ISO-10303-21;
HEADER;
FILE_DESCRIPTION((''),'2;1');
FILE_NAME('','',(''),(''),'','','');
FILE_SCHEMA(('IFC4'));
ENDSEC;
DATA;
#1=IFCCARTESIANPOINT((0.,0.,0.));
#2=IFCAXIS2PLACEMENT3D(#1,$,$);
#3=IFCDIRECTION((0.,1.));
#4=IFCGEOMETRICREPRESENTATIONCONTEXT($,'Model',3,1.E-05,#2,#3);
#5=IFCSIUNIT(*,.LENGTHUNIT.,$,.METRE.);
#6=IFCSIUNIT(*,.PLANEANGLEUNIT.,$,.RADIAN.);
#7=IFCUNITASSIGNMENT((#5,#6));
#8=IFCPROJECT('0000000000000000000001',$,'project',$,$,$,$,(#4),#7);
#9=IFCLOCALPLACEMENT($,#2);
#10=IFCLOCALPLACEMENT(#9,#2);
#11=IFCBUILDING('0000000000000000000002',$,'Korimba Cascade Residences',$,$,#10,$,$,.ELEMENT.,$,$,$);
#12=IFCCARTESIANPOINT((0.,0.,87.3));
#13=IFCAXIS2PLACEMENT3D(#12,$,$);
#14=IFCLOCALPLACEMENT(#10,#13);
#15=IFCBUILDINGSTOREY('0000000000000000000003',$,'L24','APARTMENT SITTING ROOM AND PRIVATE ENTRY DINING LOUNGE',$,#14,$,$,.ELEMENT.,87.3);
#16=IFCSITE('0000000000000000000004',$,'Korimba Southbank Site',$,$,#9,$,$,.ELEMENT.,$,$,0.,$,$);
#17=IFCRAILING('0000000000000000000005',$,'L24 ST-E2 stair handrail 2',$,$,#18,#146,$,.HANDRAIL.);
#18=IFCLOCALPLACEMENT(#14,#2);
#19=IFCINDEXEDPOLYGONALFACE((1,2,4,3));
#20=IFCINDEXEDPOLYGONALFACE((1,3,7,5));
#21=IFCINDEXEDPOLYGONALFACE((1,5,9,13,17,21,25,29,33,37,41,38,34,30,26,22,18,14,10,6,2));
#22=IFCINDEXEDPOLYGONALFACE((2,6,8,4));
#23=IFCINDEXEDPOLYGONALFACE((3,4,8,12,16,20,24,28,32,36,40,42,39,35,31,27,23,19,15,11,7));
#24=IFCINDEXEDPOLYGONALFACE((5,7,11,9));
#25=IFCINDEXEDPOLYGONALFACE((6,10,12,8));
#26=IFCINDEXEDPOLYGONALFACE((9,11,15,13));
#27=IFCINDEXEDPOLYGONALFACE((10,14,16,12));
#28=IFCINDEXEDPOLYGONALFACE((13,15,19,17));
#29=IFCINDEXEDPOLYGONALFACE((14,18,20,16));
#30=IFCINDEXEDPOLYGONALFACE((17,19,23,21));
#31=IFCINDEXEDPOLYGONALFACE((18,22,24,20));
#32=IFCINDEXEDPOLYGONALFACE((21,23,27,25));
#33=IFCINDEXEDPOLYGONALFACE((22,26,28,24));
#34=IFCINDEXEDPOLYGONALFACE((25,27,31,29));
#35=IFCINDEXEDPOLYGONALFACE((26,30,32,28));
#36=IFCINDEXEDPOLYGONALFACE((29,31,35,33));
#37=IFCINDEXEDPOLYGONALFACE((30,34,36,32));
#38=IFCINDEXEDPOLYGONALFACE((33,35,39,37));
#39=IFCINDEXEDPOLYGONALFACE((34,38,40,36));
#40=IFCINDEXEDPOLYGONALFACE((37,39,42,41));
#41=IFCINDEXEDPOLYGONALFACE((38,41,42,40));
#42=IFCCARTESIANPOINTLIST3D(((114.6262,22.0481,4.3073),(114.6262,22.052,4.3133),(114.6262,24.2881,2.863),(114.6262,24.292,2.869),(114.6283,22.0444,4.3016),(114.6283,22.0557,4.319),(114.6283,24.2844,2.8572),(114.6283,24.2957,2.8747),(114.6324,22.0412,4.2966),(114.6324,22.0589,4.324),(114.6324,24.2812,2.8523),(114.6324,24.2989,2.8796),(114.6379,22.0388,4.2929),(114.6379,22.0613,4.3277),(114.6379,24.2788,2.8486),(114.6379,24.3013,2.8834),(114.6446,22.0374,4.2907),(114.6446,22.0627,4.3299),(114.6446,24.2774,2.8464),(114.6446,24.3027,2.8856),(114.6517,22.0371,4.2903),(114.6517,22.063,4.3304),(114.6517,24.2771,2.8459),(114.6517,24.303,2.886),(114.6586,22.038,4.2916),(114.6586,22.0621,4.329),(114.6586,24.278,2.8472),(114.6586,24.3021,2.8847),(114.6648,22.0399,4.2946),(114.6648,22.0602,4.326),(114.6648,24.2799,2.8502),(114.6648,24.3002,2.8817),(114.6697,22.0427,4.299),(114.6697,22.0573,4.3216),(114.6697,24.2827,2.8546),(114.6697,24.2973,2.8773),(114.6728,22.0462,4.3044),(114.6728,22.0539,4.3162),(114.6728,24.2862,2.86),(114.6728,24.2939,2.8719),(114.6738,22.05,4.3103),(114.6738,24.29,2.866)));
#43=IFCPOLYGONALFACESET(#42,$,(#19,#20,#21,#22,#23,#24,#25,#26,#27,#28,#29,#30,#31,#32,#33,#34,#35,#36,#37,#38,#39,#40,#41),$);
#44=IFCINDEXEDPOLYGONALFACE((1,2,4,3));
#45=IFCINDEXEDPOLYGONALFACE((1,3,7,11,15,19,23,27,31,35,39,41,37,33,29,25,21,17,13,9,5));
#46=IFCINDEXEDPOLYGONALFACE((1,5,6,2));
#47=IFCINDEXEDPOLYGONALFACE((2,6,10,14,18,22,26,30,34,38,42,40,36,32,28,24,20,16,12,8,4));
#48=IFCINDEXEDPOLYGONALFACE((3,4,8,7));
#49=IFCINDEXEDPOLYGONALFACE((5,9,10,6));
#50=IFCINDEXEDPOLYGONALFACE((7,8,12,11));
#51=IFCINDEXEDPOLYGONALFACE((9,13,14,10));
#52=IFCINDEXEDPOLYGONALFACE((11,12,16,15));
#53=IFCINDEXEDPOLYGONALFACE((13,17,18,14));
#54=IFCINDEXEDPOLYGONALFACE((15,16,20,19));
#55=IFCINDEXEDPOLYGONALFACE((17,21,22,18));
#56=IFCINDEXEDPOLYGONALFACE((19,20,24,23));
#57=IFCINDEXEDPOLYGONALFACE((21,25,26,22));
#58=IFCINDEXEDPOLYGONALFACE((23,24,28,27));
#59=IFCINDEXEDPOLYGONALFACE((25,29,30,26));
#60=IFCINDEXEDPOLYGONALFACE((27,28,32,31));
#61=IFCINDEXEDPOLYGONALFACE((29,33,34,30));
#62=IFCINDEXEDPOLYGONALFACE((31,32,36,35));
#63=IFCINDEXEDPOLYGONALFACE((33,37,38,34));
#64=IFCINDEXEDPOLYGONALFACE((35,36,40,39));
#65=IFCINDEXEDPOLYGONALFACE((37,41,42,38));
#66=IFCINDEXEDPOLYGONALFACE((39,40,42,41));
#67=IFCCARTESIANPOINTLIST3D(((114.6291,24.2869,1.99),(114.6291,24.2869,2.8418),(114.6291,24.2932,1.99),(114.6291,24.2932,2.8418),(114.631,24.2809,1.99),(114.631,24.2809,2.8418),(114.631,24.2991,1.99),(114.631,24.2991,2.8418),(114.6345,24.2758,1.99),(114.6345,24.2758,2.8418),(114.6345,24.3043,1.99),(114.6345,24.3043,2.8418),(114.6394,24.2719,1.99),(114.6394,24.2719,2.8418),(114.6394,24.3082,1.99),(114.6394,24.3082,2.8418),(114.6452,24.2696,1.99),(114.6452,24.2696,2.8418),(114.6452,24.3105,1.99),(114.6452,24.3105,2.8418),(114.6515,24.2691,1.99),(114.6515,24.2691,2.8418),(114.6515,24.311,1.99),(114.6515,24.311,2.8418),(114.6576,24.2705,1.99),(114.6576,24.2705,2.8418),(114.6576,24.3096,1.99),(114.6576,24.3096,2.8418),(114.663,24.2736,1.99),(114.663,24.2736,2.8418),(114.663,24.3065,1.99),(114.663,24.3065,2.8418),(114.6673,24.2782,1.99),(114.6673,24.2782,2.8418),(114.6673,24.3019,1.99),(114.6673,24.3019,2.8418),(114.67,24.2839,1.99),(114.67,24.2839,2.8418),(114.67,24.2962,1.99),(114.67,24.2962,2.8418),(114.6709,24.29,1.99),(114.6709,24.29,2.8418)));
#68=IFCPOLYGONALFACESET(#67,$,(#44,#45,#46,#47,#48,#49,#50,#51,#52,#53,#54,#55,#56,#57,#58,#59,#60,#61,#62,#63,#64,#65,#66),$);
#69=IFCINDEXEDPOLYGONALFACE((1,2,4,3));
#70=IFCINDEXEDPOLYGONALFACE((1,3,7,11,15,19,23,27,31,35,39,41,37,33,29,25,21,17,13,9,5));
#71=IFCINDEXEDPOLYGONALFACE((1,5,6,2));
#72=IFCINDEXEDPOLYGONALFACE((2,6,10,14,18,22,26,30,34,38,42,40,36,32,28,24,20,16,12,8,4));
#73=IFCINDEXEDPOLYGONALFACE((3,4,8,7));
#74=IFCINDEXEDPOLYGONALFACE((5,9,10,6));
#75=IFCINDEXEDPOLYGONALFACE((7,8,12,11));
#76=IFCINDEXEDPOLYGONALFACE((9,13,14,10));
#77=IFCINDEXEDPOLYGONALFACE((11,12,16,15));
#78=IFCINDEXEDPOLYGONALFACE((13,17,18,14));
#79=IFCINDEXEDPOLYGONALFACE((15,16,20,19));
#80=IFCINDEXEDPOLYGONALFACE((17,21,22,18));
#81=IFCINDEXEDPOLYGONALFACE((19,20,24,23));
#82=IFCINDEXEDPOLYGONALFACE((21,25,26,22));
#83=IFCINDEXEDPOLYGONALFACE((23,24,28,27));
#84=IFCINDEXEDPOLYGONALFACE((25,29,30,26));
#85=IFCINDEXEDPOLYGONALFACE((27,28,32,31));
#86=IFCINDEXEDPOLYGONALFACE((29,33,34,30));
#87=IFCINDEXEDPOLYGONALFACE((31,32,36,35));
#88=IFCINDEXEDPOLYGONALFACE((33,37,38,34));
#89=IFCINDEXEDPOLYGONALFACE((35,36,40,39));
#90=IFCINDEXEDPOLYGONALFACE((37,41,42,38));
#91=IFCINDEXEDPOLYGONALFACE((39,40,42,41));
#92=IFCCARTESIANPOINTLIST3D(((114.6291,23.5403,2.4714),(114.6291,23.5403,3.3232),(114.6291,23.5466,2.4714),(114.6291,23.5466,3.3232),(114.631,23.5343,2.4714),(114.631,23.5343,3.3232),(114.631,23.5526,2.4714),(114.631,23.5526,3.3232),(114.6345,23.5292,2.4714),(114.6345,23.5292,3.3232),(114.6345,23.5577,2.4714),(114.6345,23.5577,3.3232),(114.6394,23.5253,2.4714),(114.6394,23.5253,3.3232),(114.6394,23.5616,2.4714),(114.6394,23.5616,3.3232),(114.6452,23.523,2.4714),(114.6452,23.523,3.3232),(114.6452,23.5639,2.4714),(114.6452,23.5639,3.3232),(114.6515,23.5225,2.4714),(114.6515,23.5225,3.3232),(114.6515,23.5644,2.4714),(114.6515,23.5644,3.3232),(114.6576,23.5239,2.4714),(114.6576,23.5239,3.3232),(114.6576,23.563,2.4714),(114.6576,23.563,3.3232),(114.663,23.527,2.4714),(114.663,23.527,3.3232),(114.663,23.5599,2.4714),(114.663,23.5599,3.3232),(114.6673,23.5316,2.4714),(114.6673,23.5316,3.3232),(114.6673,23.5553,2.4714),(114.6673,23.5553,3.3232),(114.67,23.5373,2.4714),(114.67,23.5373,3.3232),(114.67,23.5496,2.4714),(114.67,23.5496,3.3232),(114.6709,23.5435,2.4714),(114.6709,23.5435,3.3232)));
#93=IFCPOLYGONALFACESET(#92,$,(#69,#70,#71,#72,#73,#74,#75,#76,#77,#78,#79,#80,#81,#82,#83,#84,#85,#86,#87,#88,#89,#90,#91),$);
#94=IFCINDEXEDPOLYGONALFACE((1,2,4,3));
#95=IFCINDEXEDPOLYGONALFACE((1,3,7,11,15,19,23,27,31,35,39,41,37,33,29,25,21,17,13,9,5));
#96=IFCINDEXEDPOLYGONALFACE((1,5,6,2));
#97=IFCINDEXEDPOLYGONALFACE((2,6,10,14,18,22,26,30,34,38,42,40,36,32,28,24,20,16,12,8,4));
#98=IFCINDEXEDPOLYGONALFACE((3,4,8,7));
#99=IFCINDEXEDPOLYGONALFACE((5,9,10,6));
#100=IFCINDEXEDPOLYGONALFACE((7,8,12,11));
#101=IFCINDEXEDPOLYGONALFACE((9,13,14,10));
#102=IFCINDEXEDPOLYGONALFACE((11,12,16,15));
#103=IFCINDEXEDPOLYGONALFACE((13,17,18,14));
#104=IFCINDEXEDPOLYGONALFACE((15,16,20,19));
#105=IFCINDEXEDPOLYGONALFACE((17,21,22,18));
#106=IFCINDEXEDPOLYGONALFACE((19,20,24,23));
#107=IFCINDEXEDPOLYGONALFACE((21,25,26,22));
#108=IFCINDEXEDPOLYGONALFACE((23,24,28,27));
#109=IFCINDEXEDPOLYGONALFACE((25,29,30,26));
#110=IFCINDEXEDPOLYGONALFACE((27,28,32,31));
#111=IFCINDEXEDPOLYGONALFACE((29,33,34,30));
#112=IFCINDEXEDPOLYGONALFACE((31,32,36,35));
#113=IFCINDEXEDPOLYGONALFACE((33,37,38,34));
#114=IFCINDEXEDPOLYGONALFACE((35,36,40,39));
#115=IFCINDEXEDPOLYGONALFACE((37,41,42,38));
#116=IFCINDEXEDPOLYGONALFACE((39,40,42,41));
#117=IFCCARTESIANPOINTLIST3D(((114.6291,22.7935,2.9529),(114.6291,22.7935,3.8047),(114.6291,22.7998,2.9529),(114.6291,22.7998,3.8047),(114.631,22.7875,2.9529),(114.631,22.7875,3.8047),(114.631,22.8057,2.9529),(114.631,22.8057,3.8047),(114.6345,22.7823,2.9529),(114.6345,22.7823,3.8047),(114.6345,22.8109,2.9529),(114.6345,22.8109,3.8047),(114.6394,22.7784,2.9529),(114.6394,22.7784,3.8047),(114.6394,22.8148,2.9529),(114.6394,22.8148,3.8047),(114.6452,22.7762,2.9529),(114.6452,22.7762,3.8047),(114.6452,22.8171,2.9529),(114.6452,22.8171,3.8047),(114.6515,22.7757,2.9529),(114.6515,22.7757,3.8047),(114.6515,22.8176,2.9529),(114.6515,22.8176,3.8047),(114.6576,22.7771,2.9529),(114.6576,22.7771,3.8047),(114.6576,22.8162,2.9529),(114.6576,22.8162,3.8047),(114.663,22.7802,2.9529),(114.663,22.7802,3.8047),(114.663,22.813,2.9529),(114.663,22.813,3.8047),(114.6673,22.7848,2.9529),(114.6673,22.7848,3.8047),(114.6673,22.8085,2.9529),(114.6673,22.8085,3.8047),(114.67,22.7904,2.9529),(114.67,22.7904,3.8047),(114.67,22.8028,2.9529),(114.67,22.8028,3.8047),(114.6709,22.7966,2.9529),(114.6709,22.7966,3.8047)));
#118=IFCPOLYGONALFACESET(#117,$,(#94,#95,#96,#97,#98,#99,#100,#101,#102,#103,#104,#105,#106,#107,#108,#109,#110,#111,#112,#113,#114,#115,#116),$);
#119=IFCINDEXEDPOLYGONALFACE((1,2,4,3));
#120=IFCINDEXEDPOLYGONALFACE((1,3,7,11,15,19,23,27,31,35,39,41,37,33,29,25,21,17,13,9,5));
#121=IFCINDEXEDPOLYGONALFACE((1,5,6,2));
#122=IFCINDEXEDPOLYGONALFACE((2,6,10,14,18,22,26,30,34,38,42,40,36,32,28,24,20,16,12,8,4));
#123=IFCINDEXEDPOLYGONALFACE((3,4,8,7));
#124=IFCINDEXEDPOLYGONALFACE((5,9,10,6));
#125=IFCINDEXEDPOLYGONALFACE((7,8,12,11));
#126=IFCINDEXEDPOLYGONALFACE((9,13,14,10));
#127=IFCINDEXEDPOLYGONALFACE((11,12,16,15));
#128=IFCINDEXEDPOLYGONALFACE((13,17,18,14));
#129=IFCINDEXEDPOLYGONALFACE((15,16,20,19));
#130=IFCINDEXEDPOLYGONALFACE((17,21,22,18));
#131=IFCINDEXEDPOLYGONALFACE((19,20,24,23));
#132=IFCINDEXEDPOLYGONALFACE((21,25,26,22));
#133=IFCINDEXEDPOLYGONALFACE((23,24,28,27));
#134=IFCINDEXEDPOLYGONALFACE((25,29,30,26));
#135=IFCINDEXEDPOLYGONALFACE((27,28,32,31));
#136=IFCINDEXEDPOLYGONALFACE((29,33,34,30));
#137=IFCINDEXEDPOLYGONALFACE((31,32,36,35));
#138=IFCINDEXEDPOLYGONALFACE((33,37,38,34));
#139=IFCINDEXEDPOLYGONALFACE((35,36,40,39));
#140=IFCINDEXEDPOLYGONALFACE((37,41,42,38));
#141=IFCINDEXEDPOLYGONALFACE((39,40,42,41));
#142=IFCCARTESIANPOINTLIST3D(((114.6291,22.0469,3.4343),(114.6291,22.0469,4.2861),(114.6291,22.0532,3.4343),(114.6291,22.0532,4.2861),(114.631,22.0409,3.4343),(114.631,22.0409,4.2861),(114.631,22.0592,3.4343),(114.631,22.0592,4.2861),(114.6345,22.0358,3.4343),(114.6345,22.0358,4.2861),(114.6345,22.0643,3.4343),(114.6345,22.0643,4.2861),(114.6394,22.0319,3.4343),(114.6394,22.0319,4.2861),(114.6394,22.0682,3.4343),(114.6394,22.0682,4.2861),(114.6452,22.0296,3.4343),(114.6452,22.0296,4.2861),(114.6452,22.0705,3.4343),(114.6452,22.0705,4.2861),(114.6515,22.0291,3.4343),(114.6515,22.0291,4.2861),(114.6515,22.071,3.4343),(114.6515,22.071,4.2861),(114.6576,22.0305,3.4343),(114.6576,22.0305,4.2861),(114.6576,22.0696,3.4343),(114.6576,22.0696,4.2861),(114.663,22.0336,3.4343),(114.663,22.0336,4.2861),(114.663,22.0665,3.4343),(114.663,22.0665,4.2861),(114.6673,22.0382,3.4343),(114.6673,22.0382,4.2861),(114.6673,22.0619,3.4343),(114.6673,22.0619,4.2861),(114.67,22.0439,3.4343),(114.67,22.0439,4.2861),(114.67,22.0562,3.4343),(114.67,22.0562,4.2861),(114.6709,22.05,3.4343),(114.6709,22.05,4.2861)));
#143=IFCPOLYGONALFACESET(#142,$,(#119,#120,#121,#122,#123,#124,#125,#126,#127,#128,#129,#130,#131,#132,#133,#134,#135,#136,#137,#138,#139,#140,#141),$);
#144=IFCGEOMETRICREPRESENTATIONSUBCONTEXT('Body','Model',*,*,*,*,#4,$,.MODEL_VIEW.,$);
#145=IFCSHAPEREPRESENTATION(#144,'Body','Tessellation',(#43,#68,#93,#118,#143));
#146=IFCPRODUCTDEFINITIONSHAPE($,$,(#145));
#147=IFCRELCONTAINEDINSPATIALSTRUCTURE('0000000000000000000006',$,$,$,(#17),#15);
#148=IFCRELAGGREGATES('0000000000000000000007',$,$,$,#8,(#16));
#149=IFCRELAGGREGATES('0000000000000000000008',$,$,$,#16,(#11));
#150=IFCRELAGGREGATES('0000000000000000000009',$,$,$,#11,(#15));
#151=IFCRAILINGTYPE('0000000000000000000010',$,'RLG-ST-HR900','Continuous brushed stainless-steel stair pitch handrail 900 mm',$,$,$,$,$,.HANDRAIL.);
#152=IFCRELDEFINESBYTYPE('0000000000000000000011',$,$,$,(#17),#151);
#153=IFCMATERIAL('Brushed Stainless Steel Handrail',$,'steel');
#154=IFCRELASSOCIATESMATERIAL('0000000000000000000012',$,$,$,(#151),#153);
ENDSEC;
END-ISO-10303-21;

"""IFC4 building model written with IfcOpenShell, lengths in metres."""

from ifc_helpers import new_model, si_unit, direction, frame, origin, origin_2d, place, context, subcontext, project, spatial, circle, extrude, material, type_object, element, save


model = new_model("IFC4")

# Units and contexts
model_context = context("Model", 3, precision=1e-05, world=origin(), true_north=direction((0.0, 1.0)))
body_context = subcontext(model_context, "Body", "Model", "MODEL_VIEW")
ifc_project = project(units=[si_unit("LENGTHUNIT", "METRE"), si_unit("PLANEANGLEUNIT", "RADIAN")], contexts=[model_context])

# Site, building, storey
site_placement = place(None, origin())
site = spatial("IfcSite", under=ifc_project, at=site_placement, Name="Korimba Southbank Site", CompositionType="ELEMENT", RefElevation=0.0)
building_placement = place(site_placement, origin())
building = spatial("IfcBuilding", under=site, at=building_placement, Name="Korimba Cascade Residences", CompositionType="ELEMENT")
storey_placement = place(building_placement, frame((0.0, 0.0, 87.3)))
storey = spatial("IfcBuildingStorey", under=building, at=storey_placement, Name="L24", Description="APARTMENT SITTING ROOM AND PRIVATE ENTRY DINING LOUNGE", CompositionType="ELEMENT", Elevation=87.3)

# Railing
ifc_material_1 = material(Name="Brushed Stainless Steel Handrail", Category="steel")
railing_type_1 = type_object("IfcRailingType", Name="RLG-ST-HR900", Description="Continuous brushed stainless-steel stair pitch handrail 900 mm", PredefinedType="HANDRAIL", material=ifc_material_1)
railing_1_placement = place(storey_placement, frame((114.6499, 24.29, 1.99)))
element("IfcRailing", 1, at=railing_1_placement, inside=storey, type_object=railing_type_1, Name="L24 ST-E2 stair handrail 2", PredefinedType="HANDRAIL", context=body_context, shape_type="SweptSolid", body=[
    extrude(circle(Radius=0.0239, at=origin_2d()), frame((0.0, 0.0, 0.876), z_axis=(0.0, -0.840437, 0.54191), x_axis=(1.0, 0.0, 0.0)), (0.0, 0.0, 1.0), 2.6653),
    extrude(circle(Radius=0.021, at=origin_2d()), origin(), (0.0, 0.0, 1.0), 0.8518),
    extrude(circle(Radius=0.021, at=origin_2d()), frame((0.0, -0.7466, 0.4814)), (0.0, 0.0, 1.0), 0.8518),
    extrude(circle(Radius=0.021, at=origin_2d()), frame((0.0, -1.4934, 0.9629)), (0.0, 0.0, 1.0), 0.8518),
    extrude(circle(Radius=0.021, at=origin_2d()), frame((0.0, -2.24, 1.4443)), (0.0, 0.0, 1.0), 0.8518),
])

save(model, "model.ifc")
